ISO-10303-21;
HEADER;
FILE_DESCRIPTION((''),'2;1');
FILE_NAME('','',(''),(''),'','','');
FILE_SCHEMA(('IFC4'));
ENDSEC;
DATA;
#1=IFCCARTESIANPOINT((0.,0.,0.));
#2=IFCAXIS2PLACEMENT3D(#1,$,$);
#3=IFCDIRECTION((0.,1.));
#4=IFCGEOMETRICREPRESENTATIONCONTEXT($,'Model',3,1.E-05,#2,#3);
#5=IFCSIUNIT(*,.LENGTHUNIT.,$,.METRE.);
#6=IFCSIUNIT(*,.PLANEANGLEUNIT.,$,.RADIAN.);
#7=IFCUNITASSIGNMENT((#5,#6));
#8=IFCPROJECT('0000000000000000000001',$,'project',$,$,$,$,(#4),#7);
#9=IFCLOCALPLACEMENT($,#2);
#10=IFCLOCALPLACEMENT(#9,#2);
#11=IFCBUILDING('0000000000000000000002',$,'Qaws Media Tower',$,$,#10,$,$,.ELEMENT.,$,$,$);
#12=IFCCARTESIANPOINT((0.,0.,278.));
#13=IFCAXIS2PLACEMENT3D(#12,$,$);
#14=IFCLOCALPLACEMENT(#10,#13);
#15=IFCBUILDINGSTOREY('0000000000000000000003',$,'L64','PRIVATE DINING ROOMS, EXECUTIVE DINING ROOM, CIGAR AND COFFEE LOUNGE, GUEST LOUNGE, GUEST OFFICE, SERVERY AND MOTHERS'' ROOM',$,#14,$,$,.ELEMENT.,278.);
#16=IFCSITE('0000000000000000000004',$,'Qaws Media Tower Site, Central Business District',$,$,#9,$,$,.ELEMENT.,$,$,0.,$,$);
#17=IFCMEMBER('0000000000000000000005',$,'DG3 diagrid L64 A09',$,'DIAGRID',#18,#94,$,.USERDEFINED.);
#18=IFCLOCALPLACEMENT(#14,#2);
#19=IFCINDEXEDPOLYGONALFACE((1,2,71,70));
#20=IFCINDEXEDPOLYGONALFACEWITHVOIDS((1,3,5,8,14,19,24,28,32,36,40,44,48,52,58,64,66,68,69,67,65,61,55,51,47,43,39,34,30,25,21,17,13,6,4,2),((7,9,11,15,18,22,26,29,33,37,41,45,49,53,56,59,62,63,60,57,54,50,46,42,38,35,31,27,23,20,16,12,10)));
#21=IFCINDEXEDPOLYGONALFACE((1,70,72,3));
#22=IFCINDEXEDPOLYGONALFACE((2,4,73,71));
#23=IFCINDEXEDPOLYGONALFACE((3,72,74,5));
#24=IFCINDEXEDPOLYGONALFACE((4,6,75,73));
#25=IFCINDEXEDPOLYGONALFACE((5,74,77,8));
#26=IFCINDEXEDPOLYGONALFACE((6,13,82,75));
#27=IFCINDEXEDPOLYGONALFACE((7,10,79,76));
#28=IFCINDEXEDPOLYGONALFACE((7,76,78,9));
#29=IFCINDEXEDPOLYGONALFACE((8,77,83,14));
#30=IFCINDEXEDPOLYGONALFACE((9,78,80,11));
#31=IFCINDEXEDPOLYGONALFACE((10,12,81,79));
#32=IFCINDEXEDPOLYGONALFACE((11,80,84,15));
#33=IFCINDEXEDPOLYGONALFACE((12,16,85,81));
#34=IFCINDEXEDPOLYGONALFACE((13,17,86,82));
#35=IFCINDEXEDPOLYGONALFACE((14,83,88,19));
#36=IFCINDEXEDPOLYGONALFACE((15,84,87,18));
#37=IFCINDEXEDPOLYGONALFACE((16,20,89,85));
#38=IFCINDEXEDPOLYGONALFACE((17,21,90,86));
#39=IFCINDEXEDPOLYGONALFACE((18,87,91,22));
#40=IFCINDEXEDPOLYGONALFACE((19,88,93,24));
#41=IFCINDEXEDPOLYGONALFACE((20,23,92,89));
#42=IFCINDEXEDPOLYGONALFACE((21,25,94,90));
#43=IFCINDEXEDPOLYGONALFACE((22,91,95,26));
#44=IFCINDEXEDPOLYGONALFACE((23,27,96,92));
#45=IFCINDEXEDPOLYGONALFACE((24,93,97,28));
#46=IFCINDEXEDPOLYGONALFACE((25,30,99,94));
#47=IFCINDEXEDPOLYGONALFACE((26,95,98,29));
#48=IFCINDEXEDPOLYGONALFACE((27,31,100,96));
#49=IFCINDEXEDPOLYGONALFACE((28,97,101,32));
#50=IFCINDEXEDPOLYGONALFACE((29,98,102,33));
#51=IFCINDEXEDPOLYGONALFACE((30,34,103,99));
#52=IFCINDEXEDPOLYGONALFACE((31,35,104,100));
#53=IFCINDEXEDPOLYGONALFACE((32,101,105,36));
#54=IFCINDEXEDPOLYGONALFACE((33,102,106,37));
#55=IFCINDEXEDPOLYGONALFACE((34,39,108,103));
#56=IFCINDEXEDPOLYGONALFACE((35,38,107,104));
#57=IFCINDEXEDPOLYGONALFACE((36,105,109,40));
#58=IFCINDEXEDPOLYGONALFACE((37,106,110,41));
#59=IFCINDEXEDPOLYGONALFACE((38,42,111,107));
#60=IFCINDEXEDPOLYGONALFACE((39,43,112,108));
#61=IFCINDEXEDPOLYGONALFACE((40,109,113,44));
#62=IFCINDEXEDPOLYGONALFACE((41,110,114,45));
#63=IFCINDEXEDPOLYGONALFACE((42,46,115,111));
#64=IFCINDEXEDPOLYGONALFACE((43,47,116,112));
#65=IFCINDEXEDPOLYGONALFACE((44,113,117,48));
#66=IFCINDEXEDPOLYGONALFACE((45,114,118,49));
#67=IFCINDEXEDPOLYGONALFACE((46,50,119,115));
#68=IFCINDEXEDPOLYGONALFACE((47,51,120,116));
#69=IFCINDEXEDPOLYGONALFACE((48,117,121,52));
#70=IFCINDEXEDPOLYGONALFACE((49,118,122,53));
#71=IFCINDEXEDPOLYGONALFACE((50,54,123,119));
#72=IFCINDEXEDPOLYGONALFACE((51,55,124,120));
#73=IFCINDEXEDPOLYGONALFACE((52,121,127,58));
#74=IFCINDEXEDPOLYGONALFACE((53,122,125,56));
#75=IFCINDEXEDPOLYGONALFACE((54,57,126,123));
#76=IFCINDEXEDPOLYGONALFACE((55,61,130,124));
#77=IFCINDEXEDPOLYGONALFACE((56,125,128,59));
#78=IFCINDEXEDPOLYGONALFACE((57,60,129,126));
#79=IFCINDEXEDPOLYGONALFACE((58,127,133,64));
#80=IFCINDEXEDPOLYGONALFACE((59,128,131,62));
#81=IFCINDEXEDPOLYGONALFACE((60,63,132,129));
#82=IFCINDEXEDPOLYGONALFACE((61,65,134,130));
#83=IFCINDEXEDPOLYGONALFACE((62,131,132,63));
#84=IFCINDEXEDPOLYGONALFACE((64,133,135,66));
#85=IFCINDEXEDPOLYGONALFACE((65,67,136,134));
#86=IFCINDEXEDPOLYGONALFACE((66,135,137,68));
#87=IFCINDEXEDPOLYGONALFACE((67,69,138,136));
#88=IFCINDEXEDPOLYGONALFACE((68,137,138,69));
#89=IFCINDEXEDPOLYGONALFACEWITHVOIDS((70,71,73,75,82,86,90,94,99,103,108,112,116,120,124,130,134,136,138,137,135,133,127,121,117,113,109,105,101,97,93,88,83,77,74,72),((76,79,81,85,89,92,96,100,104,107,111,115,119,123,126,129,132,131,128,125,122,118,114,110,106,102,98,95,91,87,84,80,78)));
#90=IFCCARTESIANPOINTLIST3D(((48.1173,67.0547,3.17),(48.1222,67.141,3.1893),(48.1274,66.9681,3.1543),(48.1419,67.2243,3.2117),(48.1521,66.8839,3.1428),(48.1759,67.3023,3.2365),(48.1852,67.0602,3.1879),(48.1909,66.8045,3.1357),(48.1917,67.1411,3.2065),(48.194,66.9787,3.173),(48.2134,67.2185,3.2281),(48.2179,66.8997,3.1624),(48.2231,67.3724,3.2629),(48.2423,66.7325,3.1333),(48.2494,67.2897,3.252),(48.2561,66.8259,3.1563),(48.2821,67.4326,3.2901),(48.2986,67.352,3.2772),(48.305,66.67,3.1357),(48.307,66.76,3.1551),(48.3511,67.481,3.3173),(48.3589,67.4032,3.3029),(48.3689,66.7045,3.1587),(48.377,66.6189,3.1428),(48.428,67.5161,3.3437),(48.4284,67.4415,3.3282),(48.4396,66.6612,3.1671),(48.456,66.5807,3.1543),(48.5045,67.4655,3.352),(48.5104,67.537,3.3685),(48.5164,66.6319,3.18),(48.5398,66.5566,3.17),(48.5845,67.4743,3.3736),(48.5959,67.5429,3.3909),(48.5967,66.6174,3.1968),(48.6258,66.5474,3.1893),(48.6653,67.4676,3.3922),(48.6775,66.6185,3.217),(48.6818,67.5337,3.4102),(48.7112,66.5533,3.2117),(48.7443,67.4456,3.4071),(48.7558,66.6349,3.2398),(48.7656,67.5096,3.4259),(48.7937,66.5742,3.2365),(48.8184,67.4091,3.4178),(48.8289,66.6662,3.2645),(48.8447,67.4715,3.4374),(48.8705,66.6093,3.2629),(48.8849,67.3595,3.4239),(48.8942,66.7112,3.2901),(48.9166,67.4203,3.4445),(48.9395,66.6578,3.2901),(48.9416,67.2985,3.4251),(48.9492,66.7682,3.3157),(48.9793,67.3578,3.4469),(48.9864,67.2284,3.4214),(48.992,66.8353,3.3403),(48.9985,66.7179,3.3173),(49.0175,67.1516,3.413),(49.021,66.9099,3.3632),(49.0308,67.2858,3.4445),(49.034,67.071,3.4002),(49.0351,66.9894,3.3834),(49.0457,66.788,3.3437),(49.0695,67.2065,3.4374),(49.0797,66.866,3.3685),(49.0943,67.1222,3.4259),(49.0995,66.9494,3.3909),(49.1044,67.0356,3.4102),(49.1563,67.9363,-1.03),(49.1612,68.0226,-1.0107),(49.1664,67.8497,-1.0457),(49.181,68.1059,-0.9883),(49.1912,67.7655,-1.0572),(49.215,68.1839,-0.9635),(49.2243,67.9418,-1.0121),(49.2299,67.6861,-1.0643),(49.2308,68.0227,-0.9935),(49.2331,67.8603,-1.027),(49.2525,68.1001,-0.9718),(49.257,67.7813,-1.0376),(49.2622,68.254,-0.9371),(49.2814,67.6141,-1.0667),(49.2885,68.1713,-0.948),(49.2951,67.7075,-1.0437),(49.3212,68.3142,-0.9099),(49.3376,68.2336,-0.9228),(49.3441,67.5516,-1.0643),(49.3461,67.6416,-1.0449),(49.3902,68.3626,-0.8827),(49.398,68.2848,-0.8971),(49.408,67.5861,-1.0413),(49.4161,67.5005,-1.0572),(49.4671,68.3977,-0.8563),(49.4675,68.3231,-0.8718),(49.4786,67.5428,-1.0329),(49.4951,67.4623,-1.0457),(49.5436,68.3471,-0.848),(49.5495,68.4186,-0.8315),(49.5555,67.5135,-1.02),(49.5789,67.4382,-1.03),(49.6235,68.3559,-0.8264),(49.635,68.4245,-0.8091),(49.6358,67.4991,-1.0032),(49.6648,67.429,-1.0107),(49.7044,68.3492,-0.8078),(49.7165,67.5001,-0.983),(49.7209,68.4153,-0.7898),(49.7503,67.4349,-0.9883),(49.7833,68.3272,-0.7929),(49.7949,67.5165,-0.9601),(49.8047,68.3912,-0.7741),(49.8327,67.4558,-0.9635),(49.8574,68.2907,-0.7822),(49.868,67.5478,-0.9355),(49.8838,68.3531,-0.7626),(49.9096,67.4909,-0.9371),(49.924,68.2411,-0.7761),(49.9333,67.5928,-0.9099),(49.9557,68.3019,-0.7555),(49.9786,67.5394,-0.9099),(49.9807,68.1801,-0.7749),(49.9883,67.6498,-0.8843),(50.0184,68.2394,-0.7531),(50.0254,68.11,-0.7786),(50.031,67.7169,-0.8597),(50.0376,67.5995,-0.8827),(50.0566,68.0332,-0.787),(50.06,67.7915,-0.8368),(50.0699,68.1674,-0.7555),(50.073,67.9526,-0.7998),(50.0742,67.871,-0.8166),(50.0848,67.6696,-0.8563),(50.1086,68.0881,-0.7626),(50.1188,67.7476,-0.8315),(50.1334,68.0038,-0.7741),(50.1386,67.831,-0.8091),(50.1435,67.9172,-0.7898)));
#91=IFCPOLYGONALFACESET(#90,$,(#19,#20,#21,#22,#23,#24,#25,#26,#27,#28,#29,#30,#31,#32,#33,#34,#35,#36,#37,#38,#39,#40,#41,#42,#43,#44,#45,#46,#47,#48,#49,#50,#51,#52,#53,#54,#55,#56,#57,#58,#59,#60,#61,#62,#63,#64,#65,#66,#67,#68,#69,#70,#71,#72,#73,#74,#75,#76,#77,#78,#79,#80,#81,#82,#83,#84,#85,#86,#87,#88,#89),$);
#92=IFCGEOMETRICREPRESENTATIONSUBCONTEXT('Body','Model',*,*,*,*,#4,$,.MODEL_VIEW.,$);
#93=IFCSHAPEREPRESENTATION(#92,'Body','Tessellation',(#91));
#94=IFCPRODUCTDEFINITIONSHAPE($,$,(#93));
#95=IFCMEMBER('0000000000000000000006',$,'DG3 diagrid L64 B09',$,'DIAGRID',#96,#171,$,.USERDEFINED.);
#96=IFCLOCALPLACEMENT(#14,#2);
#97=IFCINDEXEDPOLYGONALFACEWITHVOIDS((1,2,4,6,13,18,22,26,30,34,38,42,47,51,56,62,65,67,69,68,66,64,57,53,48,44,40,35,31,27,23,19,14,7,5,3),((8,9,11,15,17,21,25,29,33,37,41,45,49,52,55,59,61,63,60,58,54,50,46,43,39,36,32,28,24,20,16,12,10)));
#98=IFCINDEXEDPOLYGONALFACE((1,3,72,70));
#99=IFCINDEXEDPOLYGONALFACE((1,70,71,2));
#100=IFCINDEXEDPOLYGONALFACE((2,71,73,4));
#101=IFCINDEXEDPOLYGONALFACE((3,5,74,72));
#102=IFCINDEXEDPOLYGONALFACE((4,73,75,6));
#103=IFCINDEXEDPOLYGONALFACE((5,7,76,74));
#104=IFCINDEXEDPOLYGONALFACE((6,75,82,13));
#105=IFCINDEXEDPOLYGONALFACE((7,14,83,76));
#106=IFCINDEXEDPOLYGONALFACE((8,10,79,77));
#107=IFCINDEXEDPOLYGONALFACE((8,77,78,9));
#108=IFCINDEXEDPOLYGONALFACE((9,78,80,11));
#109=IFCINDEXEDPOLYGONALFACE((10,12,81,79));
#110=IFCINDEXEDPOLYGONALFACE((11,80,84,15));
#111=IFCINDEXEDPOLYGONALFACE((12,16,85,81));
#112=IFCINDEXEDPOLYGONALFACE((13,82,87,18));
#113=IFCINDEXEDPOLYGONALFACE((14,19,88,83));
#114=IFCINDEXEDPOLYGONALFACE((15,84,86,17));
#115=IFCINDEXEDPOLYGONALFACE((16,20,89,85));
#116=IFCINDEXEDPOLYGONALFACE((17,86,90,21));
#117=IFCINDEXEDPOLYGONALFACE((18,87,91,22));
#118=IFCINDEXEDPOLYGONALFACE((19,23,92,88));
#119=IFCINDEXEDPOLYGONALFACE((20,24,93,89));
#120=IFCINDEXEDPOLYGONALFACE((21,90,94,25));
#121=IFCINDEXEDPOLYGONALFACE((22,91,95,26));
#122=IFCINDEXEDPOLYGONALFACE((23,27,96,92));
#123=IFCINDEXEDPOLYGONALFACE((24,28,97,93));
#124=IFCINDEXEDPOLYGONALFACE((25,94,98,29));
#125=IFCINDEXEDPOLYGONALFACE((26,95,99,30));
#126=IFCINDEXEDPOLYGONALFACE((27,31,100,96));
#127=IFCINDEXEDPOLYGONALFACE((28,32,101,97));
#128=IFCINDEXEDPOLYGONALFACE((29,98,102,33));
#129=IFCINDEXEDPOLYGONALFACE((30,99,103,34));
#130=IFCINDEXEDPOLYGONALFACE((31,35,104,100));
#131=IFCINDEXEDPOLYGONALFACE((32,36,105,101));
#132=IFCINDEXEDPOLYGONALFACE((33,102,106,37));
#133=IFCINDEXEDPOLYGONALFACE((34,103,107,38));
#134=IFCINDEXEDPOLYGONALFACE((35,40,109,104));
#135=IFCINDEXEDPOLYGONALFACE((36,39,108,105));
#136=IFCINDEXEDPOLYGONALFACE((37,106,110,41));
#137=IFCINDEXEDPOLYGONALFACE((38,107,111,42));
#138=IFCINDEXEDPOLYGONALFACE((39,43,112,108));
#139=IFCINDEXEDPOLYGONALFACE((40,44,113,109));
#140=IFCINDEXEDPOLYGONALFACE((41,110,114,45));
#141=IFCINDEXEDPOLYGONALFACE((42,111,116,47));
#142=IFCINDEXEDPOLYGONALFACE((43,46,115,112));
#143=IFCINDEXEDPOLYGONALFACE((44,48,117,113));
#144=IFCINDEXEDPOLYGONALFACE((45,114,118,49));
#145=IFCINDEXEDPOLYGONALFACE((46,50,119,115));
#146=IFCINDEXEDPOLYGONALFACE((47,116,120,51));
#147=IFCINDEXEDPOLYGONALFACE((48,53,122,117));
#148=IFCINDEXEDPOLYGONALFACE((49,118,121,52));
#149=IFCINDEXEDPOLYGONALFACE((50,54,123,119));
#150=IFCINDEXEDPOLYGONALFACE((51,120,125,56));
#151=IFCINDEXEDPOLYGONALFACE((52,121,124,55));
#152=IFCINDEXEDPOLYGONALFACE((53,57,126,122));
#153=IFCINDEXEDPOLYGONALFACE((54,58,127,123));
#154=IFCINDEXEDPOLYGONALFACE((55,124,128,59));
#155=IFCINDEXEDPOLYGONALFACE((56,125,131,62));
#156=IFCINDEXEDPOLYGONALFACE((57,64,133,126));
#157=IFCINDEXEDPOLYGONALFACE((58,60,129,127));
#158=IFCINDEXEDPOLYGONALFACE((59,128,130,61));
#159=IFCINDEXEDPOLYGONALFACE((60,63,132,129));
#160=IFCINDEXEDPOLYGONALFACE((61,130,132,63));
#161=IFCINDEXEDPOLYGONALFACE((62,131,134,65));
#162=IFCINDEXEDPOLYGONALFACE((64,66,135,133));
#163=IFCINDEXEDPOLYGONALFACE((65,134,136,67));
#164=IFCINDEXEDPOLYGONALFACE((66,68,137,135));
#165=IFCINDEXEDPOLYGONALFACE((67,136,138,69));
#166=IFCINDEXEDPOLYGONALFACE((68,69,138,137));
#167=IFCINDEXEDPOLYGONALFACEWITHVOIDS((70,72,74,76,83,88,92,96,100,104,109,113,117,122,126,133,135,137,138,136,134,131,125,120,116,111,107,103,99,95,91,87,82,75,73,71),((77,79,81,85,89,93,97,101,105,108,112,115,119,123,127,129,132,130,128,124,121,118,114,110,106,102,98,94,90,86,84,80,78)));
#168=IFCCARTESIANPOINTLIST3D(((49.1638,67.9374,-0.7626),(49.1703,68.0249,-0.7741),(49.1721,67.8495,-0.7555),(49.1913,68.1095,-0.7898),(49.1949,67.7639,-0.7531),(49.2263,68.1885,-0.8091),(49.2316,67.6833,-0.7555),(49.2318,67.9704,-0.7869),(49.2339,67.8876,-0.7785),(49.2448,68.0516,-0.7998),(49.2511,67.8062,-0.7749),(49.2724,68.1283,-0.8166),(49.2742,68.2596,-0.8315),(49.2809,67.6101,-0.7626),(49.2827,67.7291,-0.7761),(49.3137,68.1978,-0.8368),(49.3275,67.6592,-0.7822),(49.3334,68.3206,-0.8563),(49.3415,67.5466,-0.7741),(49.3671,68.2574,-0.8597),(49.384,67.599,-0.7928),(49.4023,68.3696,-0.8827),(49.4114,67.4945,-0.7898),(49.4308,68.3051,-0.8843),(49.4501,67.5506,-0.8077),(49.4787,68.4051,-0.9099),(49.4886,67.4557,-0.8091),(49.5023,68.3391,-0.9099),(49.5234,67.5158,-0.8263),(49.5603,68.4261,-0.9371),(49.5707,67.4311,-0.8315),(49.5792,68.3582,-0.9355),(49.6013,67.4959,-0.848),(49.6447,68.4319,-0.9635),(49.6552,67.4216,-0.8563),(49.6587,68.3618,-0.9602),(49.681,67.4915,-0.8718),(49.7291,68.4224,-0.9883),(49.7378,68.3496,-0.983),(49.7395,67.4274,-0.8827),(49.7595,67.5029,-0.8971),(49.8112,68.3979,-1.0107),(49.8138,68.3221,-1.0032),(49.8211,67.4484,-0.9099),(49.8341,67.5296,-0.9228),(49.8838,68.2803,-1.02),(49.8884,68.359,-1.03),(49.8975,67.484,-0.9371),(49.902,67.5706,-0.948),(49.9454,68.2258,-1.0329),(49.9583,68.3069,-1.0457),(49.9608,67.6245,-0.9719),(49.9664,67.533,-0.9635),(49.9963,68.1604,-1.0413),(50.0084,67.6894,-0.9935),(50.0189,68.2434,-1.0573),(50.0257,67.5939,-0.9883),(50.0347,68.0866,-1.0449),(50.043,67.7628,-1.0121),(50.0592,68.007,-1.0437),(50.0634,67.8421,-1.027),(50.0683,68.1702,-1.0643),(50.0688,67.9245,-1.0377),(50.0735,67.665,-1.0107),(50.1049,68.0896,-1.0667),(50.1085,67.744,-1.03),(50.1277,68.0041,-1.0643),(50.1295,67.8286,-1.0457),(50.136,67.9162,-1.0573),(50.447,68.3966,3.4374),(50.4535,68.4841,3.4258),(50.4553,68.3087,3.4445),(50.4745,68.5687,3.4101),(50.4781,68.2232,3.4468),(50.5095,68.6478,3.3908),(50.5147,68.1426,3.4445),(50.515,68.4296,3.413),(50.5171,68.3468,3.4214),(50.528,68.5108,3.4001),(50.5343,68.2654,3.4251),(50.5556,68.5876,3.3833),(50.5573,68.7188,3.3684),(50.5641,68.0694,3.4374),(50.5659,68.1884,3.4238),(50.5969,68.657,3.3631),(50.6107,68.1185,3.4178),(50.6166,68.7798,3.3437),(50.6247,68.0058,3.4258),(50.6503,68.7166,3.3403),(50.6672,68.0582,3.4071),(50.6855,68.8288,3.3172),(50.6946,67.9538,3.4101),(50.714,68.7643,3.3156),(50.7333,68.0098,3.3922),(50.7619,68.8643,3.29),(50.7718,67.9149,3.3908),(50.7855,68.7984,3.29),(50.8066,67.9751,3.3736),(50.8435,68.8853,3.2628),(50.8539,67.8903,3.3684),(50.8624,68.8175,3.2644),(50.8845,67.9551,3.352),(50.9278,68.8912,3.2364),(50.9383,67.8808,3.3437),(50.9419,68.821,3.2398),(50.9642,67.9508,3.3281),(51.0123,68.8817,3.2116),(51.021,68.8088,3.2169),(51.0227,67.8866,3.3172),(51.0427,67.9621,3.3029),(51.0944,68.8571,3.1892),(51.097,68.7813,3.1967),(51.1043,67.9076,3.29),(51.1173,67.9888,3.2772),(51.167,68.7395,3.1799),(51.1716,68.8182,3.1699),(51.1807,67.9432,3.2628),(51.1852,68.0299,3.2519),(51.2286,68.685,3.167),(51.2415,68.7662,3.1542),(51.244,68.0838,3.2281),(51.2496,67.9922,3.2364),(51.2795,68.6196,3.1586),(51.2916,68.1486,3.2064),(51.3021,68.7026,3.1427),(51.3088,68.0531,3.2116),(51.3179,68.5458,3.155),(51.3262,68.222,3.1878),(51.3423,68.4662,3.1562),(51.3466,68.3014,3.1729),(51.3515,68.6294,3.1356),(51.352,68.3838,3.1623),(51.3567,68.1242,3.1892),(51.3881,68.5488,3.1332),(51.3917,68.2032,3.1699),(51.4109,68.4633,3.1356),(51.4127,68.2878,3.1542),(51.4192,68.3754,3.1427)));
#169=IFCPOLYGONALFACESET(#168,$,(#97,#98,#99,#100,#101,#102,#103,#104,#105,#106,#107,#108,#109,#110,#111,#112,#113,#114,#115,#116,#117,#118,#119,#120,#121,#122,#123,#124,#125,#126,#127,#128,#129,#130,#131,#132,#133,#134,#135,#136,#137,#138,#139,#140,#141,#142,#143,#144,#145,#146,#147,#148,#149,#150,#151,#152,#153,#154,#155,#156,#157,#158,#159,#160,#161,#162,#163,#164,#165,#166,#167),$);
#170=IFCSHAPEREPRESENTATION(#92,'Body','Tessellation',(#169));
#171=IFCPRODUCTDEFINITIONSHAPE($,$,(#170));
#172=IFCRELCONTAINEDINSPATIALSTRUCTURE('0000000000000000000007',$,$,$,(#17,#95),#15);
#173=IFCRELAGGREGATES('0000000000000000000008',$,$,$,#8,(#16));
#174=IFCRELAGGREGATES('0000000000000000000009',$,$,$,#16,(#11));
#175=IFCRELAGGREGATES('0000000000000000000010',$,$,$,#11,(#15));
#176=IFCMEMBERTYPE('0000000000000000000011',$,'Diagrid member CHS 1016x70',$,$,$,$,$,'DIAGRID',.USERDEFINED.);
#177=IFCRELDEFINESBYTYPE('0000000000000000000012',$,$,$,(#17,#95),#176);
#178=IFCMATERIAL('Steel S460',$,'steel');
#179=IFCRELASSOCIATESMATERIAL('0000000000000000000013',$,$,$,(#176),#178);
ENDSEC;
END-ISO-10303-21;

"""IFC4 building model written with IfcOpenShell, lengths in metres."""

from ifc_helpers import new_model, si_unit, direction, frame, origin, origin_2d, place, context, subcontext, project, spatial, hollow_circle, extrude, material, material_profile, profile_set, type_object, element, save


model = new_model("IFC4")

# Units and contexts
model_context = context("Model", 3, precision=1e-05, world=origin(), true_north=direction((0.0, 1.0)))
body_context = subcontext(model_context, "Body", "Model", "MODEL_VIEW")
ifc_project = project(units=[si_unit("LENGTHUNIT", "METRE"), si_unit("PLANEANGLEUNIT", "RADIAN")], contexts=[model_context])

# Site, building, storey
site_placement = place(None, origin())
site = spatial("IfcSite", under=ifc_project, at=site_placement, Name="Qaws Media Tower Site, Central Business District", CompositionType="ELEMENT", RefElevation=0.0)
building_placement = place(site_placement, origin())
building = spatial("IfcBuilding", under=site, at=building_placement, Name="Qaws Media Tower", CompositionType="ELEMENT")
storey_placement = place(building_placement, frame((0.0, 0.0, 278.0)))
storey = spatial("IfcBuildingStorey", under=building, at=storey_placement, Name="L64", Description="PRIVATE DINING ROOMS, EXECUTIVE DINING ROOM, CIGAR AND COFFEE LOUNGE, GUEST LOUNGE, GUEST OFFICE, SERVERY AND MOTHERS' ROOM", CompositionType="ELEMENT", Elevation=278.0)

# Members
ifc_material_1 = material(Name="Steel S460", Category="steel")
ifc_material_profile_1 = material_profile(ifc_material_1, hollow_circle(Radius=0.5081, WallThickness=0.0701, at=origin_2d()), Name="CHS 1016x70")
ifc_profile_set_1 = profile_set([ifc_material_profile_1], Name="Steel S460")
member_type_1 = type_object("IfcMemberType", Name="Diagrid member CHS 1016x70", ElementType="DIAGRID", PredefinedType="USERDEFINED", material=ifc_profile_set_1)
for number, where, z_axis, x_axis, name in (
    (1, (49.6499, 67.9268, -0.9099), (-0.235323, -0.199659, 0.951188), (0.646962, -0.762523, 0.0), "DG3 diagrid L64 A09"),
    (2, (49.6499, 67.9268, -0.9099), (0.29061, 0.104003, 0.951173), (-0.336949, 0.941523, 0.0), "DG3 diagrid L64 B09"),
):
    element("IfcMember", number, at=place(storey_placement, frame(where, z_axis=z_axis, x_axis=x_axis)), inside=storey, type_object=member_type_1, Name=name, ObjectType="DIAGRID", PredefinedType="USERDEFINED", context=body_context, shape_type="SweptSolid", body=[
        extrude(hollow_circle(Radius=0.5081, WallThickness=0.0701, at=origin_2d()), origin(), (0.0, 0.0, 1.0), 4.4155),
    ])

save(model, "model.ifc")
